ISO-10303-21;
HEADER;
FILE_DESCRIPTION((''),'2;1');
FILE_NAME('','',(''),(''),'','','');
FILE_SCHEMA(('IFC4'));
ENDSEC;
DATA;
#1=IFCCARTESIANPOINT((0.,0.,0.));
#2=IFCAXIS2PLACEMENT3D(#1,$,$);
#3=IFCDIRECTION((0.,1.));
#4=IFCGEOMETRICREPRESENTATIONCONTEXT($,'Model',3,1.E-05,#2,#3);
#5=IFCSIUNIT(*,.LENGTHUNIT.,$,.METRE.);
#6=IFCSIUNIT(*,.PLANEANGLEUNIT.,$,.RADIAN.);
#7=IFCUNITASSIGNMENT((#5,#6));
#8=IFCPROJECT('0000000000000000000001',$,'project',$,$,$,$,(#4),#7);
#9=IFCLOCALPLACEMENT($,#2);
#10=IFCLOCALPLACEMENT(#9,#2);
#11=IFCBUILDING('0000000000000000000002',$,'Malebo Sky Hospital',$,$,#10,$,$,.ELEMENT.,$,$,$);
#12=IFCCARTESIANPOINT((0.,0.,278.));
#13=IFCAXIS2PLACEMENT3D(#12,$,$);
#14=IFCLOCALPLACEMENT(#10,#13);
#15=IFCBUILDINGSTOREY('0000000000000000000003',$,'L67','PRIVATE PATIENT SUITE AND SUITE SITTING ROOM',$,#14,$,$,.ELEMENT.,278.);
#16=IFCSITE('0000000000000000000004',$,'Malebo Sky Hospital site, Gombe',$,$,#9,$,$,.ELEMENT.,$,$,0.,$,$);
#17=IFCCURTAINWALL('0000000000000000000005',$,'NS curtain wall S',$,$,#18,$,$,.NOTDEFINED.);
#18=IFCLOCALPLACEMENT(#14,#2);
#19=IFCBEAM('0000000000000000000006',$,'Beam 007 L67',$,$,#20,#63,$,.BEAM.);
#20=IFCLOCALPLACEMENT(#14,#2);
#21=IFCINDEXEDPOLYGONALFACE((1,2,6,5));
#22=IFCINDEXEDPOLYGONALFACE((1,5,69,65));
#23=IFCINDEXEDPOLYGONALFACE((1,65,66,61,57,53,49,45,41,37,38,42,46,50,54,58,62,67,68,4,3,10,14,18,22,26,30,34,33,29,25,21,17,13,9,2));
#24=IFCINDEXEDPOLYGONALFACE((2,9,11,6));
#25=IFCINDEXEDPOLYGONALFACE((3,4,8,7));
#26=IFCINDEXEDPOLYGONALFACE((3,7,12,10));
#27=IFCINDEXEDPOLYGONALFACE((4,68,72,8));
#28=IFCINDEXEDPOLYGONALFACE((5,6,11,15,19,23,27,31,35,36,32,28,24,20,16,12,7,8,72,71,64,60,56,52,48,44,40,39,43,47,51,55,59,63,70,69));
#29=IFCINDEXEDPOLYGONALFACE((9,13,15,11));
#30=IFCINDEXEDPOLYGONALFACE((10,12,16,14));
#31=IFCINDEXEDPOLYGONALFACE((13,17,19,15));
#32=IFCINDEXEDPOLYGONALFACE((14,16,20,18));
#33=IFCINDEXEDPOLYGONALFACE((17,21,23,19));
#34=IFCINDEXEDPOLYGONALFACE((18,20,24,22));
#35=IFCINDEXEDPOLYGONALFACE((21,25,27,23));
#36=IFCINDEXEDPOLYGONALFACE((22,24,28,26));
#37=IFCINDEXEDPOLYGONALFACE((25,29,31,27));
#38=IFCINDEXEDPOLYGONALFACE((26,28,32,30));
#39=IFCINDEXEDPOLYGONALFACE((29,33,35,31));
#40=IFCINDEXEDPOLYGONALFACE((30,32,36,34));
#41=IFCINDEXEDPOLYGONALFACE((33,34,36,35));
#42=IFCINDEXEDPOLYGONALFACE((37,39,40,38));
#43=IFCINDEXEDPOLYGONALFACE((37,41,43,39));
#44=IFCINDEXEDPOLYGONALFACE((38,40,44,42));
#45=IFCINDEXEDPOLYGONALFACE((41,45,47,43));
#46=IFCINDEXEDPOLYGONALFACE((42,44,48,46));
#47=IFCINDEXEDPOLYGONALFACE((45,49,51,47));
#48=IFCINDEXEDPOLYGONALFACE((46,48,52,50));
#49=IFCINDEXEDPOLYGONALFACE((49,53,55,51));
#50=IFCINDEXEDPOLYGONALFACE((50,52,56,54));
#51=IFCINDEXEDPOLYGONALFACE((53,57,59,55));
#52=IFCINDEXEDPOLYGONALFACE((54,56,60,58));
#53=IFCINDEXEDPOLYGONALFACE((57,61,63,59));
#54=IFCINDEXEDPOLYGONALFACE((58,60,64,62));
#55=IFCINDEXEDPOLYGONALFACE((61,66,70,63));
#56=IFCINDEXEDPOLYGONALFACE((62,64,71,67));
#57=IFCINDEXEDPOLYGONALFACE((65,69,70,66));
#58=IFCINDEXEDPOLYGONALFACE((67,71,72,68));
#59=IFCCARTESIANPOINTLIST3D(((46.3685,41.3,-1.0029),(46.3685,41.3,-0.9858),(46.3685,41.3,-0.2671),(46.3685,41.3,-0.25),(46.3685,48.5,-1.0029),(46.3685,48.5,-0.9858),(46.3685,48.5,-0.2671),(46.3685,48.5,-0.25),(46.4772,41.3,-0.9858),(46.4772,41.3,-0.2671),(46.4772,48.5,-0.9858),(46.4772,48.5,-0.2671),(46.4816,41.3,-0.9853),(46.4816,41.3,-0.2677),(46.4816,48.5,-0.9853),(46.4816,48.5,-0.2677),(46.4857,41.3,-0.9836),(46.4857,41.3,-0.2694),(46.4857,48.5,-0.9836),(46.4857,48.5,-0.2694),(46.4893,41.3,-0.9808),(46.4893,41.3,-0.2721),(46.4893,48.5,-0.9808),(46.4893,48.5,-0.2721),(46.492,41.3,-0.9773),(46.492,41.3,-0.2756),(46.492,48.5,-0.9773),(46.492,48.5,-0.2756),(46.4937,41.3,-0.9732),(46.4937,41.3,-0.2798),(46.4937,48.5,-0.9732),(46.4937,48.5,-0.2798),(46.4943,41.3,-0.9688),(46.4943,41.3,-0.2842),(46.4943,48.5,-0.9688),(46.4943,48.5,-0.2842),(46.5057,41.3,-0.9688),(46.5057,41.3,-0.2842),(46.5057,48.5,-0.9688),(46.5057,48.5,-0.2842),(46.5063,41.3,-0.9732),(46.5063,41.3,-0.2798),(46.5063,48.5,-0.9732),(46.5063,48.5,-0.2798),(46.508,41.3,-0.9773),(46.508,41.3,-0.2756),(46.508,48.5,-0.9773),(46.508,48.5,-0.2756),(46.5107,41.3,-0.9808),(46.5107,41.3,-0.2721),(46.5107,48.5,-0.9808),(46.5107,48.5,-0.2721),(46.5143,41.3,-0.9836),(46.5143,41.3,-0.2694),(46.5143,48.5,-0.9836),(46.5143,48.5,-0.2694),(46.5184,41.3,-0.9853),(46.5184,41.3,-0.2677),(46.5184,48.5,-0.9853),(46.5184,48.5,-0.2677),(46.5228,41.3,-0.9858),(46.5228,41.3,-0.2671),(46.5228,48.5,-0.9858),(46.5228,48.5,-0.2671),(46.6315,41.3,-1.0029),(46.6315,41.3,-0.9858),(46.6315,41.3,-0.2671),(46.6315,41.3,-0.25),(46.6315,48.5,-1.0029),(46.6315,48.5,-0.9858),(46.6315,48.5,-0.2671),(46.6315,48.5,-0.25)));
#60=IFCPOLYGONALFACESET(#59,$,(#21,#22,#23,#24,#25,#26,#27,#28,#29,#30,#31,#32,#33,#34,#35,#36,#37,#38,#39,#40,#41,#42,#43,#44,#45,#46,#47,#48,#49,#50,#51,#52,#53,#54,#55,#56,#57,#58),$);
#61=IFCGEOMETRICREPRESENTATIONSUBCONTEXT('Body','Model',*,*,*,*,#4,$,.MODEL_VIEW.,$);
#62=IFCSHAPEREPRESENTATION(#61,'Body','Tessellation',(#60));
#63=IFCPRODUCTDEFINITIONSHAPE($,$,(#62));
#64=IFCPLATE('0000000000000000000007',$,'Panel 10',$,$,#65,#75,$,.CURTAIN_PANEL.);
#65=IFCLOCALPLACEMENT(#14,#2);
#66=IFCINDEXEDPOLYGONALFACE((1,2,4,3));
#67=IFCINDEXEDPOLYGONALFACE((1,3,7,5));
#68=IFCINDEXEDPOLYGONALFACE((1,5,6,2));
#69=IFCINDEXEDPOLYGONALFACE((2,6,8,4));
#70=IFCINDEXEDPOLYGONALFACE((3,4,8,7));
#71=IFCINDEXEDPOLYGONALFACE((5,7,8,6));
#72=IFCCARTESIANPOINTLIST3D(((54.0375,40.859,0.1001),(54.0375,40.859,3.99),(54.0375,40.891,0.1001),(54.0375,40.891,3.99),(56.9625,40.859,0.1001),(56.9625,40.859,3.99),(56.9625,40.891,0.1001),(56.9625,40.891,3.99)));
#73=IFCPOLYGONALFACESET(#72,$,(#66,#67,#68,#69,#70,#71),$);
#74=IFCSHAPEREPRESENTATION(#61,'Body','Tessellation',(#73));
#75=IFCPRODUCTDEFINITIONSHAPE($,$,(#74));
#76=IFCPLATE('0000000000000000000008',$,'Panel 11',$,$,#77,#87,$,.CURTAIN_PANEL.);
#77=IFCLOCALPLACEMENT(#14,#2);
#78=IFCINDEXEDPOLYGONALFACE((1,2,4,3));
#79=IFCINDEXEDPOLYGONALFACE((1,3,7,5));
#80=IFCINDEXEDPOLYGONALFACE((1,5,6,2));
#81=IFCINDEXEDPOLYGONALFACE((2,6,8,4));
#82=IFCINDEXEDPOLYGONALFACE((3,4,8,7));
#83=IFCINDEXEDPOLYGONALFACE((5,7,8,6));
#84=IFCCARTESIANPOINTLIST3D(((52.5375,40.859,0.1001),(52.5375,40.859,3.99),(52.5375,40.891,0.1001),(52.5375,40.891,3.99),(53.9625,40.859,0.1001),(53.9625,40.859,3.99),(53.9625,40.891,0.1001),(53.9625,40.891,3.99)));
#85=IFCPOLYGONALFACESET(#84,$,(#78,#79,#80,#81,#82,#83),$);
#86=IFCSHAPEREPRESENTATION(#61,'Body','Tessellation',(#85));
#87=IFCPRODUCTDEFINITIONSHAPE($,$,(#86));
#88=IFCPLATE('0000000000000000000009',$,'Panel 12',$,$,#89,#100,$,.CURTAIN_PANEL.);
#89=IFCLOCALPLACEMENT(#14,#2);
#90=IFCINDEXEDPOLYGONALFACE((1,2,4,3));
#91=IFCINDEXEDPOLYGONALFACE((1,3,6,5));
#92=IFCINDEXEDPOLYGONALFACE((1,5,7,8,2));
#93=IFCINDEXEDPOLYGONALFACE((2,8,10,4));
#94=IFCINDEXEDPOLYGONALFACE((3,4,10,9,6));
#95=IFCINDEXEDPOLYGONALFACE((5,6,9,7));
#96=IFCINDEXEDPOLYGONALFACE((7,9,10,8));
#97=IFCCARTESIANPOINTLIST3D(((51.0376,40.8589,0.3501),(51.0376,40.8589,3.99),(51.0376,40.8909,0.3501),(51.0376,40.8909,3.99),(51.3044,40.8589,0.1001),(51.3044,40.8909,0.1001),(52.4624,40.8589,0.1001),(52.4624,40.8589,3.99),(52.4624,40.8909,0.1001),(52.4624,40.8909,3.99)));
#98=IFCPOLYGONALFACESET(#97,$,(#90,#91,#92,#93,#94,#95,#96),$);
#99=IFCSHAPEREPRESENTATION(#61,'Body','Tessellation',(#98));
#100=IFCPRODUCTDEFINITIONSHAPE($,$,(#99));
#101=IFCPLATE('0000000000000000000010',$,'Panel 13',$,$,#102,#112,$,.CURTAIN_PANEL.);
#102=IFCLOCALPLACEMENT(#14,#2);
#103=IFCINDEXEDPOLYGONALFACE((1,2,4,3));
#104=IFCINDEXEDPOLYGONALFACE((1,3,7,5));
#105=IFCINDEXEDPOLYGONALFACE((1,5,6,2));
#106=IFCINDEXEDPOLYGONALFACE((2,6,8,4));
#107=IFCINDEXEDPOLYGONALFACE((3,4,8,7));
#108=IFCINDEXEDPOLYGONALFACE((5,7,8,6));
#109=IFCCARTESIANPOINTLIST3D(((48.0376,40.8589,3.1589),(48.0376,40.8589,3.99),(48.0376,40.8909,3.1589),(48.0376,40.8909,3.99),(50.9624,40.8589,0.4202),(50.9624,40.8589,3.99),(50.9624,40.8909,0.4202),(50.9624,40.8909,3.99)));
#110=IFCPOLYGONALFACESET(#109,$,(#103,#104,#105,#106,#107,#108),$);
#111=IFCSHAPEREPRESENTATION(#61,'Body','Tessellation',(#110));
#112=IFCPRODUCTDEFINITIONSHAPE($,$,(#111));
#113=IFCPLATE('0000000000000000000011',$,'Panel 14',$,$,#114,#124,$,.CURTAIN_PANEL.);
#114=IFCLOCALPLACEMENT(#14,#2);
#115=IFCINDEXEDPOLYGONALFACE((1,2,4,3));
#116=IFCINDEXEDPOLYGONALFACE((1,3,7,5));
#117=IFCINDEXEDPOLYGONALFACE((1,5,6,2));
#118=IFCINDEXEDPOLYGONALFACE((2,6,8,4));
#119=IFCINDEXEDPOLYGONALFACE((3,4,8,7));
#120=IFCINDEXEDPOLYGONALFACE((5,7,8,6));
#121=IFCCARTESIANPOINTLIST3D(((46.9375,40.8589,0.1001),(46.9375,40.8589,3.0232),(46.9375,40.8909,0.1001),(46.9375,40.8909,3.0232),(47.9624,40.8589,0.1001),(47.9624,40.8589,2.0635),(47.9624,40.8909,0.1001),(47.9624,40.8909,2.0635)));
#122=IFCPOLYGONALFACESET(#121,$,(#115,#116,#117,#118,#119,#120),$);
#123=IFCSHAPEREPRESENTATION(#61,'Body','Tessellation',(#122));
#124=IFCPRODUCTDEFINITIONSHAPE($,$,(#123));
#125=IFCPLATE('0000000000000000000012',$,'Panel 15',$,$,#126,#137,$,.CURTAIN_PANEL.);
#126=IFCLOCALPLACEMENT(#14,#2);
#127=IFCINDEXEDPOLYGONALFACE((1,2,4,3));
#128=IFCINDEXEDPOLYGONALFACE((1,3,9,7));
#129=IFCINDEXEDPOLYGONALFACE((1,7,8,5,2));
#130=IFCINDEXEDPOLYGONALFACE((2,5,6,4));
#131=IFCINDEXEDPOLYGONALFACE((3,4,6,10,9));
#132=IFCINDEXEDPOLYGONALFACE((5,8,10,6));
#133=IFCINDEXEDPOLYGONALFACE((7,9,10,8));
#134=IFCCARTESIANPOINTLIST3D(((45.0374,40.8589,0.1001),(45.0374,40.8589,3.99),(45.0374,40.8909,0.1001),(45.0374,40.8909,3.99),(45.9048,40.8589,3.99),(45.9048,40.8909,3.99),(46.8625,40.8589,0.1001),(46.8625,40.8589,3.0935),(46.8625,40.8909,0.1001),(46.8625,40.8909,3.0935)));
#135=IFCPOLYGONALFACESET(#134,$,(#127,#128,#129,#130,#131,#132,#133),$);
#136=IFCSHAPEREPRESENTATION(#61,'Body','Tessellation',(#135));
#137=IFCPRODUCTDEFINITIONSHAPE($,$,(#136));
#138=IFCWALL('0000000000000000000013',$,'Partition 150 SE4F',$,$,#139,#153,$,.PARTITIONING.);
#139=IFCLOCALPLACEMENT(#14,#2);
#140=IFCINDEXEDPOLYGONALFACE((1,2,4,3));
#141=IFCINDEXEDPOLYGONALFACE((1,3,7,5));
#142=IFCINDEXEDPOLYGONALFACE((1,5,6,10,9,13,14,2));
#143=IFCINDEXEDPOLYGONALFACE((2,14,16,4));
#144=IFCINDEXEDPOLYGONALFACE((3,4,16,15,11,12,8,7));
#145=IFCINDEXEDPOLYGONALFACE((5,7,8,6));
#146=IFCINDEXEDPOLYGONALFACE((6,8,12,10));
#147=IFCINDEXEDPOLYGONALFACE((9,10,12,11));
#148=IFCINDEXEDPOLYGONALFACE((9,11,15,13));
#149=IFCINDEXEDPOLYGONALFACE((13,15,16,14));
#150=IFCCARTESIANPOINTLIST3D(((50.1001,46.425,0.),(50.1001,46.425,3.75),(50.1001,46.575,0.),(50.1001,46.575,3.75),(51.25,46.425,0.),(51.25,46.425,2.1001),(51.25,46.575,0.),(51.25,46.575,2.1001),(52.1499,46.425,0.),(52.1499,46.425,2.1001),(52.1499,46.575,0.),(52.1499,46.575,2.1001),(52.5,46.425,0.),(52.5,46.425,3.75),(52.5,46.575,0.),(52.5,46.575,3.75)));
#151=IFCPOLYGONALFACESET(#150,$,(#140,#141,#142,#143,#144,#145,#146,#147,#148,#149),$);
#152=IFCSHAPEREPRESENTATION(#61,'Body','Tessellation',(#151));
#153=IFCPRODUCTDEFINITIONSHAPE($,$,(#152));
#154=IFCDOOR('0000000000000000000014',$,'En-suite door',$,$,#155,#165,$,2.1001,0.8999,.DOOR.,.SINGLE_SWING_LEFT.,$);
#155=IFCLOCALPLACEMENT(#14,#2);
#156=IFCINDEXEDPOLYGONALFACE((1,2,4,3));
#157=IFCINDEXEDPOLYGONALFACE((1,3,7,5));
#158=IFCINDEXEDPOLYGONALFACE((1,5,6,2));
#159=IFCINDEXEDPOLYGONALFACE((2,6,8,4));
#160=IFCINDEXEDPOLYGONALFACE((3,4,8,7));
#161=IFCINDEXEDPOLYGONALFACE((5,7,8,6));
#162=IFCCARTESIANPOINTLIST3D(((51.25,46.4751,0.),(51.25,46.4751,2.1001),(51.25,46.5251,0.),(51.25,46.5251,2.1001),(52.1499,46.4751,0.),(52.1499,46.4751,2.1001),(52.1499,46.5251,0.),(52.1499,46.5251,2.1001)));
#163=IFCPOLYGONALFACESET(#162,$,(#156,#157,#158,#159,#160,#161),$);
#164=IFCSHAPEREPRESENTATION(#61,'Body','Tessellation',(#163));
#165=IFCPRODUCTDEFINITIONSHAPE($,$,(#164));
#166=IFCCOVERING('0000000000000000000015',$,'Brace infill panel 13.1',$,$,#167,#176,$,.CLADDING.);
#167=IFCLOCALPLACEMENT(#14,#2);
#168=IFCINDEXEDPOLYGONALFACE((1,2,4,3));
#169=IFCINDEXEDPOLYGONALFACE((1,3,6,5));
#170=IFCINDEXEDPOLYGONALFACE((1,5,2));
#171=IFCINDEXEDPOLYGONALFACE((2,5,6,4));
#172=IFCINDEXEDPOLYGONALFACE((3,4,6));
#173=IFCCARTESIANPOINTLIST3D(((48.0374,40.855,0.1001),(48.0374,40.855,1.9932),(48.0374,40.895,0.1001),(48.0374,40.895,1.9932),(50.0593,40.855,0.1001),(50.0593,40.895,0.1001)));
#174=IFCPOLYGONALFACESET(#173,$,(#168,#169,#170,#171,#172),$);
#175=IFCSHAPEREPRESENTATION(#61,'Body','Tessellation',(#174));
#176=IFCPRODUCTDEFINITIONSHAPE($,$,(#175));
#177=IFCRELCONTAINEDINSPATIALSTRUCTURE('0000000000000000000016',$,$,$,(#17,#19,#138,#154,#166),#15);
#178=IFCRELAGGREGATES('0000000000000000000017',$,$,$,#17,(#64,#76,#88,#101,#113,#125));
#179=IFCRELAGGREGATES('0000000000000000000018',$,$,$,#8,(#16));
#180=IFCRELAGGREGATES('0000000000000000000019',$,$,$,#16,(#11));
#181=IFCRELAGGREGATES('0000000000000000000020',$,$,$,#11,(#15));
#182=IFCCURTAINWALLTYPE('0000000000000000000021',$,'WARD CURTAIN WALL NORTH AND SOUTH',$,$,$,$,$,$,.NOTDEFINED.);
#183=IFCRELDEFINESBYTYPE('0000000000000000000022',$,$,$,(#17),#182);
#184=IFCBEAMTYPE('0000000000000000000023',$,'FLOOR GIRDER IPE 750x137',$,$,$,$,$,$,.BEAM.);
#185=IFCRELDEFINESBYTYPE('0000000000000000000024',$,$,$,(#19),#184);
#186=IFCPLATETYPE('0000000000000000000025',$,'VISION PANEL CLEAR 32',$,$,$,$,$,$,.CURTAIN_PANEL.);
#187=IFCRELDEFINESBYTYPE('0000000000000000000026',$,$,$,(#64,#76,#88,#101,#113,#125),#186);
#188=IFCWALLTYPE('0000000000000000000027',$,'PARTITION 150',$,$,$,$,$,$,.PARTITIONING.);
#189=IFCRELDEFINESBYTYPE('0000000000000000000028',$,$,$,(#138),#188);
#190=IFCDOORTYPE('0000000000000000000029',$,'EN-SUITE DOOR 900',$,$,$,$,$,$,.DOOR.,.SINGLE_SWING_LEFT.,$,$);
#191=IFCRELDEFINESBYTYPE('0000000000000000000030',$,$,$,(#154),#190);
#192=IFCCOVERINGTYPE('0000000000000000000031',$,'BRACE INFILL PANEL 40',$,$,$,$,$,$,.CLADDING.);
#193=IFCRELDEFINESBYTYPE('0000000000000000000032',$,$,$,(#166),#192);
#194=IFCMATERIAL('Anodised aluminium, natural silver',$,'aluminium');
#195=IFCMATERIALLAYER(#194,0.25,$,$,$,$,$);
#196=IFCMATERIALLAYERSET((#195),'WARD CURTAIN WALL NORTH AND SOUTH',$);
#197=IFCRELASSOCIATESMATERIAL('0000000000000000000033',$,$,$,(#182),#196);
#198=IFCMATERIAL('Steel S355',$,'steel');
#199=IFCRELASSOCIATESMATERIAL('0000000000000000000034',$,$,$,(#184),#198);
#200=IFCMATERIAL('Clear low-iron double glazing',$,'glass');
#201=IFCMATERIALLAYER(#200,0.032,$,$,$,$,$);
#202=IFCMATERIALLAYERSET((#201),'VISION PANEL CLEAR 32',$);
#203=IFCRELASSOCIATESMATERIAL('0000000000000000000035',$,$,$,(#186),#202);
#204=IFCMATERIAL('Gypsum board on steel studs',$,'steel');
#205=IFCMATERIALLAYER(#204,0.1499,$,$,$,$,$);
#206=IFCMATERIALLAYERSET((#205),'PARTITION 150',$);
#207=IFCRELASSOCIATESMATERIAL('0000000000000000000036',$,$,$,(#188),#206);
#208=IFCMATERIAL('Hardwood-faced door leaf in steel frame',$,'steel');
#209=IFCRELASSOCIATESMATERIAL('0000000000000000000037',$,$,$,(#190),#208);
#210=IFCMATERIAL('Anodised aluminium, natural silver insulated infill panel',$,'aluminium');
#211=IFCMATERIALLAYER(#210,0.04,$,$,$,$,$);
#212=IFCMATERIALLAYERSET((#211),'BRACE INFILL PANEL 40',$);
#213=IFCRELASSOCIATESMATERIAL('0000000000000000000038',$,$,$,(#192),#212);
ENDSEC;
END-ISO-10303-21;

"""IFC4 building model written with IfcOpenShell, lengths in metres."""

from ifc_helpers import new_model, si_unit, direction, frame, frame_2d, origin, origin_2d, place, context, subcontext, project, spatial, polyline, rectangle, i_section, outline, extrude, material, layer, layer_set, material_profile, profile_set, type_object, element, fill, aggregate, save


model = new_model("IFC4")

# Units and contexts
model_context = context("Model", 3, precision=1e-05, world=origin(), true_north=direction((0.0, 1.0)))
body_context = subcontext(model_context, "Body", "Model", "MODEL_VIEW")
ifc_project = project(units=[si_unit("LENGTHUNIT", "METRE"), si_unit("PLANEANGLEUNIT", "RADIAN")], contexts=[model_context])

# Site, building, storey
site_placement = place(None, origin())
site = spatial("IfcSite", under=ifc_project, at=site_placement, Name="Malebo Sky Hospital site, Gombe", CompositionType="ELEMENT", RefElevation=0.0)
building_placement = place(site_placement, origin())
building = spatial("IfcBuilding", under=site, at=building_placement, Name="Malebo Sky Hospital", CompositionType="ELEMENT")
storey_placement = place(building_placement, frame((0.0, 0.0, 278.0)))
storey = spatial("IfcBuildingStorey", under=building, at=storey_placement, Name="L67", Description="PRIVATE PATIENT SUITE AND SUITE SITTING ROOM", CompositionType="ELEMENT", Elevation=278.0)

# Curtain wall
ifc_material_1 = material(Name="Anodised aluminium, natural silver", Category="aluminium")
ifc_layer_1 = layer(ifc_material_1, 0.25)
ifc_layer_set_1 = layer_set([ifc_layer_1], Name="WARD CURTAIN WALL NORTH AND SOUTH")
curtain_wall_type = type_object("IfcCurtainWallType", Name="WARD CURTAIN WALL NORTH AND SOUTH", PredefinedType="NOTDEFINED", material=ifc_layer_set_1)
curtain_wall_placement = place(storey_placement, origin())
curtain_wall = element("IfcCurtainWall", 1, at=curtain_wall_placement, inside=storey, type_object=curtain_wall_type, Name="NS curtain wall S", PredefinedType="NOTDEFINED")

# Shared definitions
ifc_material_2 = material(Name="Steel S355", Category="steel")

# Beam
ifc_material_profile_1 = material_profile(ifc_material_2, i_section(OverallWidth=0.2629, OverallDepth=0.7529, WebThickness=0.0115, FlangeThickness=0.0171, FilletRadius=0.0171, at=origin_2d()), Name="IPE 750x137")
ifc_profile_set_1 = profile_set([ifc_material_profile_1], Name="Steel S355")
beam_type_1 = type_object("IfcBeamType", Name="FLOOR GIRDER IPE 750x137", PredefinedType="BEAM", material=ifc_profile_set_1)
beam_1_placement = place(storey_placement, frame((46.5, 41.3, -0.6265), z_axis=(0.0, 1.0, 0.0), x_axis=(-1.0, 0.0, 0.0)))
element("IfcBeam", 2, at=beam_1_placement, inside=storey, type_object=beam_type_1, Name="Beam 007 L67", PredefinedType="BEAM", context=body_context, shape_type="SweptSolid", body=[
    extrude(i_section(OverallWidth=0.2629, OverallDepth=0.7529, WebThickness=0.0115, FlangeThickness=0.0171, FilletRadius=0.0171, at=origin_2d()), origin(), (0.0, 0.0, 1.0), 7.2),
])

# Plates
ifc_material_3 = material(Name="Clear low-iron double glazing", Category="glass")
ifc_layer_2 = layer(ifc_material_3, 0.032)
ifc_layer_set_2 = layer_set([ifc_layer_2], Name="VISION PANEL CLEAR 32")
plate_type = type_object("IfcPlateType", Name="VISION PANEL CLEAR 32", PredefinedType="CURTAIN_PANEL", material=ifc_layer_set_2)
plate_1_placement = place(storey_placement, frame((55.5, 40.875, 0.1001), z_axis=(0.0, 0.0, 1.0), x_axis=(-1.0, 0.0, 0.0)))
plate_1 = element("IfcPlate", 3, at=plate_1_placement, type_object=plate_type, Name="Panel 10", PredefinedType="CURTAIN_PANEL", context=body_context, shape_type="SweptSolid", body=[
    extrude(rectangle(XDim=2.925, YDim=0.032, at=origin_2d()), origin(), (0.0, 0.0, 1.0), 3.8899),
])
plate_2_placement = place(storey_placement, frame((53.25, 40.875, 0.1001), z_axis=(0.0, 0.0, 1.0), x_axis=(-1.0, 0.0, 0.0)))
plate_2 = element("IfcPlate", 4, at=plate_2_placement, type_object=plate_type, Name="Panel 11", PredefinedType="CURTAIN_PANEL", context=body_context, shape_type="SweptSolid", body=[
    extrude(rectangle(XDim=1.425, YDim=0.032, at=origin_2d()), origin(), (0.0, 0.0, 1.0), 3.8899),
])
plate_3_placement = place(storey_placement, frame((51.75, 40.875, 0.1001), z_axis=(0.0, 0.0, 1.0), x_axis=(-1.0, 0.0, 0.0)))
plate_3 = element("IfcPlate", 5, at=plate_3_placement, type_object=plate_type, Name="Panel 12", PredefinedType="CURTAIN_PANEL", context=body_context, shape_type="SweptSolid", body=[
    extrude(outline(polyline([(-0.7124, 0.0), (0.4456, 0.0), (0.7124, 0.25), (0.7124, 3.8899), (-0.7124, 3.8899), (-0.7124, 0.0)])), frame((0.0, 0.0161, 0.0), z_axis=(0.0, -1.0, 0.0), x_axis=(1.0, 0.0, 0.0)), (0.0, 0.0, 1.0), 0.032),
])
plate_4_placement = place(storey_placement, frame((49.5, 40.875, 0.4202), z_axis=(0.0, 0.0, 1.0), x_axis=(-1.0, 0.0, 0.0)))
plate_4 = element("IfcPlate", 6, at=plate_4_placement, type_object=plate_type, Name="Panel 13", PredefinedType="CURTAIN_PANEL", context=body_context, shape_type="SweptSolid", body=[
    extrude(outline(polyline([(-1.4624, 0.0), (1.4624, 2.7388), (1.4624, 3.5698), (-1.4624, 3.5698), (-1.4624, 0.0)])), frame((0.0, 0.0161, 0.0), z_axis=(0.0, -1.0, 0.0), x_axis=(1.0, 0.0, 0.0)), (0.0, 0.0, 1.0), 0.032),
])
plate_5_placement = place(storey_placement, frame((47.45, 40.875, 0.1001), z_axis=(0.0, 0.0, 1.0), x_axis=(-1.0, 0.0, 0.0)))
plate_5 = element("IfcPlate", 7, at=plate_5_placement, type_object=plate_type, Name="Panel 14", PredefinedType="CURTAIN_PANEL", context=body_context, shape_type="SweptSolid", body=[
    extrude(outline(polyline([(-0.5125, 0.0), (0.5125, 0.0), (0.5125, 2.9231), (-0.5125, 1.9634), (-0.5125, 0.0)])), frame((0.0, 0.0161, 0.0), z_axis=(0.0, -1.0, 0.0), x_axis=(1.0, 0.0, 0.0)), (0.0, 0.0, 1.0), 0.032),
])
plate_6_placement = place(storey_placement, frame((45.95, 40.875, 0.1001), z_axis=(0.0, 0.0, 1.0), x_axis=(-1.0, 0.0, 0.0)))
plate_6 = element("IfcPlate", 8, at=plate_6_placement, type_object=plate_type, Name="Panel 15", PredefinedType="CURTAIN_PANEL", context=body_context, shape_type="SweptSolid", body=[
    extrude(outline(polyline([(-0.9126, 0.0), (0.9126, 0.0), (0.9126, 3.8899), (0.0452, 3.8899), (-0.9126, 2.9934), (-0.9126, 0.0)])), frame((0.0, 0.0161, 0.0), z_axis=(0.0, -1.0, 0.0), x_axis=(1.0, 0.0, 0.0)), (0.0, 0.0, 1.0), 0.032),
])
aggregate(curtain_wall, [plate_1, plate_2, plate_3, plate_4, plate_5, plate_6])

# Wall, opening, door
ifc_material_4 = material(Name="Gypsum board on steel studs", Category="steel")
ifc_layer_3 = layer(ifc_material_4, 0.1499)
ifc_layer_set_3 = layer_set([ifc_layer_3], Name="PARTITION 150")
wall_type = type_object("IfcWallType", Name="PARTITION 150", PredefinedType="PARTITIONING", material=ifc_layer_set_3)
wall_placement = place(storey_placement, frame((52.5, 46.5, 0.0), z_axis=(0.0, 0.0, 1.0), x_axis=(-1.0, 0.0, 0.0)))
wall = element("IfcWall", 9, at=wall_placement, inside=storey, type_object=wall_type, Name="Partition 150 SE4F", PredefinedType="PARTITIONING", context=body_context, shape_type="SweptSolid", body=[
    extrude(rectangle(XDim=2.3999, YDim=0.1499, at=frame_2d((1.2, 0.0))), origin(), (0.0, 0.0, 1.0), 3.75),
])
opening_placement = place(wall_placement, frame((0.3501, 0.0, 0.0)))
opening = element("IfcOpeningElement", 10, at=opening_placement, cuts=wall, PredefinedType="OPENING", context=body_context, shape_type="SweptSolid", body=[
    extrude(rectangle(XDim=0.8999, YDim=2.1001, at=frame_2d((0.45, 1.05))), frame((0.0, 0.085, 0.0), z_axis=(0.0, -1.0, 0.0), x_axis=(1.0, 0.0, 0.0)), (0.0, 0.0, 1.0), 0.1699),
])
ifc_material_5 = material(Name="Hardwood-faced door leaf in steel frame", Category="steel")
door_type = type_object("IfcDoorType", Name="EN-SUITE DOOR 900", OperationType="SINGLE_SWING_LEFT", PredefinedType="DOOR", material=ifc_material_5)
door_placement = place(opening_placement, origin())
door = element("IfcDoor", 11, at=door_placement, inside=storey, type_object=door_type, Name="En-suite door", OperationType="SINGLE_SWING_LEFT", OverallHeight=2.1001, OverallWidth=0.8999, PredefinedType="DOOR", context=body_context, shape_type="SweptSolid", body=[
    extrude(rectangle(XDim=0.8999, YDim=2.1001, at=frame_2d((0.45, 1.05))), frame((0.0, 0.0249, 0.0), z_axis=(0.0, -1.0, 0.0), x_axis=(1.0, 0.0, 0.0)), (0.0, 0.0, 1.0), 0.05),
])
fill(opening, door)

# Covering
ifc_material_6 = material(Name="Anodised aluminium, natural silver insulated infill panel", Category="aluminium")
ifc_layer_4 = layer(ifc_material_6, 0.04)
ifc_layer_set_4 = layer_set([ifc_layer_4], Name="BRACE INFILL PANEL 40")
covering_type = type_object("IfcCoveringType", Name="BRACE INFILL PANEL 40", PredefinedType="CLADDING", material=ifc_layer_set_4)
covering_1_placement = place(storey_placement, frame((49.0483, 40.875, 0.1001), z_axis=(0.0, 0.0, 1.0), x_axis=(-1.0, 0.0, 0.0)))
element("IfcCovering", 12, at=covering_1_placement, inside=storey, type_object=covering_type, Name="Brace infill panel 13.1", PredefinedType="CLADDING", context=body_context, shape_type="SweptSolid", body=[
    extrude(outline(polyline([(-1.011, 0.0), (1.011, 0.0), (1.011, 1.8931), (-1.011, 0.0)])), frame((0.0, 0.02, 0.0), z_axis=(0.0, -1.0, 0.0), x_axis=(1.0, 0.0, 0.0)), (0.0, 0.0, 1.0), 0.04),
])

save(model, "model.ifc")
